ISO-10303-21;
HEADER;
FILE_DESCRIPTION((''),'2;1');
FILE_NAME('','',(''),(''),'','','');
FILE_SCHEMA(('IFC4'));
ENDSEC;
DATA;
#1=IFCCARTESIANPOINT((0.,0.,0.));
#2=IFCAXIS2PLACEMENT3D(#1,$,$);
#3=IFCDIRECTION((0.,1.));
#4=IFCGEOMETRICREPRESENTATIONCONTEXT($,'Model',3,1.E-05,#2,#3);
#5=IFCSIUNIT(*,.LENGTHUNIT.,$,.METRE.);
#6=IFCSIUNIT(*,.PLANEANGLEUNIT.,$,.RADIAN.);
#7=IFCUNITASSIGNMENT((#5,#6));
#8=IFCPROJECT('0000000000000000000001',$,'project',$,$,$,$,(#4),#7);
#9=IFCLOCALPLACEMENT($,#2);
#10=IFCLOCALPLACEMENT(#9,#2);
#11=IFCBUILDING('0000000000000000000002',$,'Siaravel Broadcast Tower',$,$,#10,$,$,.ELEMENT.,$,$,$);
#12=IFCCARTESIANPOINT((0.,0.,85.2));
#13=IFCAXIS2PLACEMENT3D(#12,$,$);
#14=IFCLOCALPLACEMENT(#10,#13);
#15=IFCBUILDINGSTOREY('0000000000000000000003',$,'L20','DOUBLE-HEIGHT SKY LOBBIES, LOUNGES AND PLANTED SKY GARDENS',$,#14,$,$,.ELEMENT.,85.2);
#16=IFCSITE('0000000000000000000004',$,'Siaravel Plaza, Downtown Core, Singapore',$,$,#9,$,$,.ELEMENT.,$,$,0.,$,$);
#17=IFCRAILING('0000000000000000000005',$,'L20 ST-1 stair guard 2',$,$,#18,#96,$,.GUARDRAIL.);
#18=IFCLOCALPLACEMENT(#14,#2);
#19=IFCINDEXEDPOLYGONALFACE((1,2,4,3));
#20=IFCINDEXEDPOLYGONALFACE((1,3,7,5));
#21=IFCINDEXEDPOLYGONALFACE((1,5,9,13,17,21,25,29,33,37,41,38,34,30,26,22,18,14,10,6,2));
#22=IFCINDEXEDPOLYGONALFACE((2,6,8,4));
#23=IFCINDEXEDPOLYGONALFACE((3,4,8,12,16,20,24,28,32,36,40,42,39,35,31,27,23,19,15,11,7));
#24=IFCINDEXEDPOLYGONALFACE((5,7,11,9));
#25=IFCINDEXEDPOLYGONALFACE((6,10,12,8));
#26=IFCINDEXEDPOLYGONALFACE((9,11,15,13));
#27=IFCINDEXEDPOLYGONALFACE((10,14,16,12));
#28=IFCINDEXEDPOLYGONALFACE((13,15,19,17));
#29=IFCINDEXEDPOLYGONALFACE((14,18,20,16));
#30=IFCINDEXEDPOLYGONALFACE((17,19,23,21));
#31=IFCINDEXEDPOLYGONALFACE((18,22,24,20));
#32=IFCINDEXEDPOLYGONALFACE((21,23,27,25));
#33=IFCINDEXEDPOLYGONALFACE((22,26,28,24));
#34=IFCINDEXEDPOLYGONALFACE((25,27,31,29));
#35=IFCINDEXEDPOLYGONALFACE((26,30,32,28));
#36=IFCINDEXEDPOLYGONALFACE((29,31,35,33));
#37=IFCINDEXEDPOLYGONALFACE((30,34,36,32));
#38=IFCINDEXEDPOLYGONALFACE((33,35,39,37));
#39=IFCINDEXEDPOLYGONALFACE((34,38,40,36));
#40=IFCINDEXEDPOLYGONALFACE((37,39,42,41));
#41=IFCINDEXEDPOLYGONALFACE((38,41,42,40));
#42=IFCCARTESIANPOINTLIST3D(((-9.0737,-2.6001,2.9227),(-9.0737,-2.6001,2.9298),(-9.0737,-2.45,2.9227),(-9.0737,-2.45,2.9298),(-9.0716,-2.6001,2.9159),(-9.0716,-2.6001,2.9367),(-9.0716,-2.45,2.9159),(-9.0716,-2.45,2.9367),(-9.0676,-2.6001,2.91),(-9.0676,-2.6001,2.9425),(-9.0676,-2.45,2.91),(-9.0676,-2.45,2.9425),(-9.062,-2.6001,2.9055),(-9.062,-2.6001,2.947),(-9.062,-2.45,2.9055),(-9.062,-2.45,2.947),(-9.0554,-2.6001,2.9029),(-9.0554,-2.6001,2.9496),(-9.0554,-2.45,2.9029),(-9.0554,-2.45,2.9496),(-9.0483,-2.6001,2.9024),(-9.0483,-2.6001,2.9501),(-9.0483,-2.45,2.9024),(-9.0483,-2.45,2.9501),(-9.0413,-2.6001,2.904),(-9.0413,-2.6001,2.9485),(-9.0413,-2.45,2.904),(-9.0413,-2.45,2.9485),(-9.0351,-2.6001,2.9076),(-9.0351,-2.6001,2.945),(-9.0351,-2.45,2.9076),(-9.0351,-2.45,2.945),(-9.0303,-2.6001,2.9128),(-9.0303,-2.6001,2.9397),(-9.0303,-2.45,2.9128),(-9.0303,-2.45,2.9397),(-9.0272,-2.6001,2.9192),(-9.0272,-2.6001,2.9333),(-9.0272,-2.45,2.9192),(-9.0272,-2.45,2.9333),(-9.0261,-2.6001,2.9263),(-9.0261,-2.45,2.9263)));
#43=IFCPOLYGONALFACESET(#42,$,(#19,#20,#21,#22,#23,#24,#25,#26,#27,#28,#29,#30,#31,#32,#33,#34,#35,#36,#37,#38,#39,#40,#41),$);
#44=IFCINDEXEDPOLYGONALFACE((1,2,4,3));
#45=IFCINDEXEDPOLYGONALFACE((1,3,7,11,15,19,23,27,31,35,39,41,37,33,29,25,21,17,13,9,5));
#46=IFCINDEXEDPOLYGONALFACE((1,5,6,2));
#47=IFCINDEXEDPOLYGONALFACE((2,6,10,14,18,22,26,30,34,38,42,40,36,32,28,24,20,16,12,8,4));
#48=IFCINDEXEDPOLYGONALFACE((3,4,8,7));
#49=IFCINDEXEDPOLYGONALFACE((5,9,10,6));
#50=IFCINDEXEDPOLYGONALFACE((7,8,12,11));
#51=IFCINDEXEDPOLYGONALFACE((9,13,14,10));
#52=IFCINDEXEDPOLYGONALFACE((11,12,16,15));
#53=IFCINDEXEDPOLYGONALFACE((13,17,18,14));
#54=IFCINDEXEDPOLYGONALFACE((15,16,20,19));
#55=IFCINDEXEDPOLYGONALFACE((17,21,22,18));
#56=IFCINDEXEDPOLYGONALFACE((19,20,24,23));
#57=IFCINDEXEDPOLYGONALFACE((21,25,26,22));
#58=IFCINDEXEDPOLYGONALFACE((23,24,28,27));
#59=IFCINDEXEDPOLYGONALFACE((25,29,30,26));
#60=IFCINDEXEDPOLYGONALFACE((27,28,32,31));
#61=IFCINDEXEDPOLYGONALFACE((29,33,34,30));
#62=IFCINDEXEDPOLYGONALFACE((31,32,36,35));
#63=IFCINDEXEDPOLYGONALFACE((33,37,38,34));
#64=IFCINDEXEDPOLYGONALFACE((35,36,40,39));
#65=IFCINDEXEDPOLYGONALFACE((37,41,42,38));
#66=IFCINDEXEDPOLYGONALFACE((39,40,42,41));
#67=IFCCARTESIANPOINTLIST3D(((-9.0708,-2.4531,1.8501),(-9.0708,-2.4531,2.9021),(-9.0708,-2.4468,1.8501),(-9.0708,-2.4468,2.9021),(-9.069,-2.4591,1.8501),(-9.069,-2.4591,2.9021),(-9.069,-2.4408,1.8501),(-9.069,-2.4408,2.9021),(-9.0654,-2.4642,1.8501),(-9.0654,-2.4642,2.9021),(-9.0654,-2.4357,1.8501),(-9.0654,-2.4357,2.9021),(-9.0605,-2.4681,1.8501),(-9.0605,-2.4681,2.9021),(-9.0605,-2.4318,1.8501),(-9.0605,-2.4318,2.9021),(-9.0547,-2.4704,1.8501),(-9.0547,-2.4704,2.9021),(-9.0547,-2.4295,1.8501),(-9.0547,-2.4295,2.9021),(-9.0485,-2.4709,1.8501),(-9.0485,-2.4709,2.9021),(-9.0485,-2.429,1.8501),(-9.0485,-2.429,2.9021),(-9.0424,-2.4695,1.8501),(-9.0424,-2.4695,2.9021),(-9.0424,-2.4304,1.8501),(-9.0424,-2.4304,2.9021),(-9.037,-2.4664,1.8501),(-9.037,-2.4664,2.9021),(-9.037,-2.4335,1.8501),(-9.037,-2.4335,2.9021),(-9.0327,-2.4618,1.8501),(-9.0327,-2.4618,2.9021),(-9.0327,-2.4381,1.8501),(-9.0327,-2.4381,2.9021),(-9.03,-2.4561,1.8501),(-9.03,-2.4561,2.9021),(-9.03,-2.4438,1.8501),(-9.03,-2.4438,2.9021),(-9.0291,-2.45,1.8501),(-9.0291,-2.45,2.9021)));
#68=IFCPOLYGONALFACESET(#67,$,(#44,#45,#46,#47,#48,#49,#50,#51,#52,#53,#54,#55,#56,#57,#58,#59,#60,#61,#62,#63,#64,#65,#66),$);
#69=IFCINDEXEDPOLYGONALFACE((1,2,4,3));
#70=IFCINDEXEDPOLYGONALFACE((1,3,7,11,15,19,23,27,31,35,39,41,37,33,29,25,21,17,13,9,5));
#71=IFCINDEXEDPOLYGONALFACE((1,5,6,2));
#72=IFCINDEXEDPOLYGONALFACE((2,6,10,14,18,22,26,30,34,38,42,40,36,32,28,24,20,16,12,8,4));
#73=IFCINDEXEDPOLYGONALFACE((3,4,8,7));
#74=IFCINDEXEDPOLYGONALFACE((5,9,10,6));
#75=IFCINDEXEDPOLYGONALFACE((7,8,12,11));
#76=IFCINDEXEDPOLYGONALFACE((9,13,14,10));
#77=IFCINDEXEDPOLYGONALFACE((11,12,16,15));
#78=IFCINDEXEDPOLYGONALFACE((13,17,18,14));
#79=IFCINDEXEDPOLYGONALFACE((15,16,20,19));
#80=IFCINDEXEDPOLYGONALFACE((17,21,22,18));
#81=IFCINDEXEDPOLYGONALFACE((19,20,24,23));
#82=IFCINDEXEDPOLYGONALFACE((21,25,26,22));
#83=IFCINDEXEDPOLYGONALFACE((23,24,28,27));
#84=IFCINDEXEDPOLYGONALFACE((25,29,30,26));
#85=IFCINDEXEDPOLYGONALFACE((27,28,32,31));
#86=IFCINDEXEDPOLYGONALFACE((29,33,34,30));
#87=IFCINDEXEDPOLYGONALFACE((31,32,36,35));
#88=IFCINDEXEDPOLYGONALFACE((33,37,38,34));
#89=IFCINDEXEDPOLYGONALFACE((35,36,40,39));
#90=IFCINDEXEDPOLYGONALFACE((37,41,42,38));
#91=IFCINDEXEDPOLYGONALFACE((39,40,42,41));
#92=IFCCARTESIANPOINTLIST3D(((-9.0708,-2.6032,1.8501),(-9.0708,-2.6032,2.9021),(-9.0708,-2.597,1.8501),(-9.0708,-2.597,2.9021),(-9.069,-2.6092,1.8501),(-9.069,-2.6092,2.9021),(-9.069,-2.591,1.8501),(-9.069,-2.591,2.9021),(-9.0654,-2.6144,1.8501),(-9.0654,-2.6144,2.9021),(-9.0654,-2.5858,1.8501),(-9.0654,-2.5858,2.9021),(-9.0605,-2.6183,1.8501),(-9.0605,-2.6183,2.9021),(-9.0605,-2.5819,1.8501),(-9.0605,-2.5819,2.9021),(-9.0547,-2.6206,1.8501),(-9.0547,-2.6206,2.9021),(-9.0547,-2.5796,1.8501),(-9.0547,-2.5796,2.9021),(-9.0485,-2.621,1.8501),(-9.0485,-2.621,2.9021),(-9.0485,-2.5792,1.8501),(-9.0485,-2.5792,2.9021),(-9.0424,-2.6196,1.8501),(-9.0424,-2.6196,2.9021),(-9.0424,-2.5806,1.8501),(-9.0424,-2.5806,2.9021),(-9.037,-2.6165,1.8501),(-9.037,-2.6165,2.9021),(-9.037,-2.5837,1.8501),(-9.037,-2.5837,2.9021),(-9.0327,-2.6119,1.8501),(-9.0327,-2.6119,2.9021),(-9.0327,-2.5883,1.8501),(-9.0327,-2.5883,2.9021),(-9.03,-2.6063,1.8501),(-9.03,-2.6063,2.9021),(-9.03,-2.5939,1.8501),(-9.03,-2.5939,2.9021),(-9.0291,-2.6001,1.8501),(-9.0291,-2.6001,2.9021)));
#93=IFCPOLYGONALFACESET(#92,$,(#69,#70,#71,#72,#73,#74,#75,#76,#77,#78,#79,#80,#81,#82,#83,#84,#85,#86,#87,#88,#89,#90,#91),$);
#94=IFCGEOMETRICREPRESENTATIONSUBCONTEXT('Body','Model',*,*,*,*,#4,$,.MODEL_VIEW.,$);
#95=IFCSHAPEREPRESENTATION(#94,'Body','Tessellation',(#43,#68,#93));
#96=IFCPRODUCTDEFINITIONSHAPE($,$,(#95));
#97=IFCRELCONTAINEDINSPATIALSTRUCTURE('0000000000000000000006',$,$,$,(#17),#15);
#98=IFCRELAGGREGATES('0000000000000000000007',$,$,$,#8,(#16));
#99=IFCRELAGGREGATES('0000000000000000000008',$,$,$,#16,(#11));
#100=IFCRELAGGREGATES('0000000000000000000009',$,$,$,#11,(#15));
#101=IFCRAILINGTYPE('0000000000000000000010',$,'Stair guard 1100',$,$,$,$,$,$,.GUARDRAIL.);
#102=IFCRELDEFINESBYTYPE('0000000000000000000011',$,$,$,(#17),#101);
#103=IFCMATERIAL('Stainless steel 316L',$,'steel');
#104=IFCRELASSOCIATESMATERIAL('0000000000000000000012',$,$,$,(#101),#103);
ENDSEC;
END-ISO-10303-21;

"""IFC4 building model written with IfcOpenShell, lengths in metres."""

from ifc_helpers import new_model, si_unit, direction, frame, origin, origin_2d, place, context, subcontext, project, spatial, circle, extrude, material, type_object, element, save


model = new_model("IFC4")

# Units and contexts
model_context = context("Model", 3, precision=1e-05, world=origin(), true_north=direction((0.0, 1.0)))
body_context = subcontext(model_context, "Body", "Model", "MODEL_VIEW")
ifc_project = project(units=[si_unit("LENGTHUNIT", "METRE"), si_unit("PLANEANGLEUNIT", "RADIAN")], contexts=[model_context])

# Site, building, storey
site_placement = place(None, origin())
site = spatial("IfcSite", under=ifc_project, at=site_placement, Name="Siaravel Plaza, Downtown Core, Singapore", CompositionType="ELEMENT", RefElevation=0.0)
building_placement = place(site_placement, origin())
building = spatial("IfcBuilding", under=site, at=building_placement, Name="Siaravel Broadcast Tower", CompositionType="ELEMENT")
storey_placement = place(building_placement, frame((0.0, 0.0, 85.2)))
storey = spatial("IfcBuildingStorey", under=building, at=storey_placement, Name="L20", Description="DOUBLE-HEIGHT SKY LOBBIES, LOUNGES AND PLANTED SKY GARDENS", CompositionType="ELEMENT", Elevation=85.2)

# Railing
ifc_material_1 = material(Name="Stainless steel 316L", Category="steel")
railing_type_1 = type_object("IfcRailingType", Name="Stair guard 1100", PredefinedType="GUARDRAIL", material=ifc_material_1)
railing_1_placement = place(storey_placement, frame((-9.05, -2.45, 1.8501)))
element("IfcRailing", 1, at=railing_1_placement, inside=storey, type_object=railing_type_1, Name="L20 ST-1 stair guard 2", PredefinedType="GUARDRAIL", context=body_context, shape_type="SweptSolid", body=[
    extrude(circle(Radius=0.0239, at=origin_2d()), frame((0.0, 0.0, 1.0762), z_axis=(0.0, -1.0, 0.0), x_axis=(1.0, 0.0, 0.0)), (0.0, 0.0, 1.0), 0.1501),
    extrude(circle(Radius=0.021, at=origin_2d()), origin(), (0.0, 0.0, 1.0), 1.052),
    extrude(circle(Radius=0.021, at=origin_2d()), frame((0.0, -0.1501, 0.0)), (0.0, 0.0, 1.0), 1.052),
])

save(model, "model.ifc")
